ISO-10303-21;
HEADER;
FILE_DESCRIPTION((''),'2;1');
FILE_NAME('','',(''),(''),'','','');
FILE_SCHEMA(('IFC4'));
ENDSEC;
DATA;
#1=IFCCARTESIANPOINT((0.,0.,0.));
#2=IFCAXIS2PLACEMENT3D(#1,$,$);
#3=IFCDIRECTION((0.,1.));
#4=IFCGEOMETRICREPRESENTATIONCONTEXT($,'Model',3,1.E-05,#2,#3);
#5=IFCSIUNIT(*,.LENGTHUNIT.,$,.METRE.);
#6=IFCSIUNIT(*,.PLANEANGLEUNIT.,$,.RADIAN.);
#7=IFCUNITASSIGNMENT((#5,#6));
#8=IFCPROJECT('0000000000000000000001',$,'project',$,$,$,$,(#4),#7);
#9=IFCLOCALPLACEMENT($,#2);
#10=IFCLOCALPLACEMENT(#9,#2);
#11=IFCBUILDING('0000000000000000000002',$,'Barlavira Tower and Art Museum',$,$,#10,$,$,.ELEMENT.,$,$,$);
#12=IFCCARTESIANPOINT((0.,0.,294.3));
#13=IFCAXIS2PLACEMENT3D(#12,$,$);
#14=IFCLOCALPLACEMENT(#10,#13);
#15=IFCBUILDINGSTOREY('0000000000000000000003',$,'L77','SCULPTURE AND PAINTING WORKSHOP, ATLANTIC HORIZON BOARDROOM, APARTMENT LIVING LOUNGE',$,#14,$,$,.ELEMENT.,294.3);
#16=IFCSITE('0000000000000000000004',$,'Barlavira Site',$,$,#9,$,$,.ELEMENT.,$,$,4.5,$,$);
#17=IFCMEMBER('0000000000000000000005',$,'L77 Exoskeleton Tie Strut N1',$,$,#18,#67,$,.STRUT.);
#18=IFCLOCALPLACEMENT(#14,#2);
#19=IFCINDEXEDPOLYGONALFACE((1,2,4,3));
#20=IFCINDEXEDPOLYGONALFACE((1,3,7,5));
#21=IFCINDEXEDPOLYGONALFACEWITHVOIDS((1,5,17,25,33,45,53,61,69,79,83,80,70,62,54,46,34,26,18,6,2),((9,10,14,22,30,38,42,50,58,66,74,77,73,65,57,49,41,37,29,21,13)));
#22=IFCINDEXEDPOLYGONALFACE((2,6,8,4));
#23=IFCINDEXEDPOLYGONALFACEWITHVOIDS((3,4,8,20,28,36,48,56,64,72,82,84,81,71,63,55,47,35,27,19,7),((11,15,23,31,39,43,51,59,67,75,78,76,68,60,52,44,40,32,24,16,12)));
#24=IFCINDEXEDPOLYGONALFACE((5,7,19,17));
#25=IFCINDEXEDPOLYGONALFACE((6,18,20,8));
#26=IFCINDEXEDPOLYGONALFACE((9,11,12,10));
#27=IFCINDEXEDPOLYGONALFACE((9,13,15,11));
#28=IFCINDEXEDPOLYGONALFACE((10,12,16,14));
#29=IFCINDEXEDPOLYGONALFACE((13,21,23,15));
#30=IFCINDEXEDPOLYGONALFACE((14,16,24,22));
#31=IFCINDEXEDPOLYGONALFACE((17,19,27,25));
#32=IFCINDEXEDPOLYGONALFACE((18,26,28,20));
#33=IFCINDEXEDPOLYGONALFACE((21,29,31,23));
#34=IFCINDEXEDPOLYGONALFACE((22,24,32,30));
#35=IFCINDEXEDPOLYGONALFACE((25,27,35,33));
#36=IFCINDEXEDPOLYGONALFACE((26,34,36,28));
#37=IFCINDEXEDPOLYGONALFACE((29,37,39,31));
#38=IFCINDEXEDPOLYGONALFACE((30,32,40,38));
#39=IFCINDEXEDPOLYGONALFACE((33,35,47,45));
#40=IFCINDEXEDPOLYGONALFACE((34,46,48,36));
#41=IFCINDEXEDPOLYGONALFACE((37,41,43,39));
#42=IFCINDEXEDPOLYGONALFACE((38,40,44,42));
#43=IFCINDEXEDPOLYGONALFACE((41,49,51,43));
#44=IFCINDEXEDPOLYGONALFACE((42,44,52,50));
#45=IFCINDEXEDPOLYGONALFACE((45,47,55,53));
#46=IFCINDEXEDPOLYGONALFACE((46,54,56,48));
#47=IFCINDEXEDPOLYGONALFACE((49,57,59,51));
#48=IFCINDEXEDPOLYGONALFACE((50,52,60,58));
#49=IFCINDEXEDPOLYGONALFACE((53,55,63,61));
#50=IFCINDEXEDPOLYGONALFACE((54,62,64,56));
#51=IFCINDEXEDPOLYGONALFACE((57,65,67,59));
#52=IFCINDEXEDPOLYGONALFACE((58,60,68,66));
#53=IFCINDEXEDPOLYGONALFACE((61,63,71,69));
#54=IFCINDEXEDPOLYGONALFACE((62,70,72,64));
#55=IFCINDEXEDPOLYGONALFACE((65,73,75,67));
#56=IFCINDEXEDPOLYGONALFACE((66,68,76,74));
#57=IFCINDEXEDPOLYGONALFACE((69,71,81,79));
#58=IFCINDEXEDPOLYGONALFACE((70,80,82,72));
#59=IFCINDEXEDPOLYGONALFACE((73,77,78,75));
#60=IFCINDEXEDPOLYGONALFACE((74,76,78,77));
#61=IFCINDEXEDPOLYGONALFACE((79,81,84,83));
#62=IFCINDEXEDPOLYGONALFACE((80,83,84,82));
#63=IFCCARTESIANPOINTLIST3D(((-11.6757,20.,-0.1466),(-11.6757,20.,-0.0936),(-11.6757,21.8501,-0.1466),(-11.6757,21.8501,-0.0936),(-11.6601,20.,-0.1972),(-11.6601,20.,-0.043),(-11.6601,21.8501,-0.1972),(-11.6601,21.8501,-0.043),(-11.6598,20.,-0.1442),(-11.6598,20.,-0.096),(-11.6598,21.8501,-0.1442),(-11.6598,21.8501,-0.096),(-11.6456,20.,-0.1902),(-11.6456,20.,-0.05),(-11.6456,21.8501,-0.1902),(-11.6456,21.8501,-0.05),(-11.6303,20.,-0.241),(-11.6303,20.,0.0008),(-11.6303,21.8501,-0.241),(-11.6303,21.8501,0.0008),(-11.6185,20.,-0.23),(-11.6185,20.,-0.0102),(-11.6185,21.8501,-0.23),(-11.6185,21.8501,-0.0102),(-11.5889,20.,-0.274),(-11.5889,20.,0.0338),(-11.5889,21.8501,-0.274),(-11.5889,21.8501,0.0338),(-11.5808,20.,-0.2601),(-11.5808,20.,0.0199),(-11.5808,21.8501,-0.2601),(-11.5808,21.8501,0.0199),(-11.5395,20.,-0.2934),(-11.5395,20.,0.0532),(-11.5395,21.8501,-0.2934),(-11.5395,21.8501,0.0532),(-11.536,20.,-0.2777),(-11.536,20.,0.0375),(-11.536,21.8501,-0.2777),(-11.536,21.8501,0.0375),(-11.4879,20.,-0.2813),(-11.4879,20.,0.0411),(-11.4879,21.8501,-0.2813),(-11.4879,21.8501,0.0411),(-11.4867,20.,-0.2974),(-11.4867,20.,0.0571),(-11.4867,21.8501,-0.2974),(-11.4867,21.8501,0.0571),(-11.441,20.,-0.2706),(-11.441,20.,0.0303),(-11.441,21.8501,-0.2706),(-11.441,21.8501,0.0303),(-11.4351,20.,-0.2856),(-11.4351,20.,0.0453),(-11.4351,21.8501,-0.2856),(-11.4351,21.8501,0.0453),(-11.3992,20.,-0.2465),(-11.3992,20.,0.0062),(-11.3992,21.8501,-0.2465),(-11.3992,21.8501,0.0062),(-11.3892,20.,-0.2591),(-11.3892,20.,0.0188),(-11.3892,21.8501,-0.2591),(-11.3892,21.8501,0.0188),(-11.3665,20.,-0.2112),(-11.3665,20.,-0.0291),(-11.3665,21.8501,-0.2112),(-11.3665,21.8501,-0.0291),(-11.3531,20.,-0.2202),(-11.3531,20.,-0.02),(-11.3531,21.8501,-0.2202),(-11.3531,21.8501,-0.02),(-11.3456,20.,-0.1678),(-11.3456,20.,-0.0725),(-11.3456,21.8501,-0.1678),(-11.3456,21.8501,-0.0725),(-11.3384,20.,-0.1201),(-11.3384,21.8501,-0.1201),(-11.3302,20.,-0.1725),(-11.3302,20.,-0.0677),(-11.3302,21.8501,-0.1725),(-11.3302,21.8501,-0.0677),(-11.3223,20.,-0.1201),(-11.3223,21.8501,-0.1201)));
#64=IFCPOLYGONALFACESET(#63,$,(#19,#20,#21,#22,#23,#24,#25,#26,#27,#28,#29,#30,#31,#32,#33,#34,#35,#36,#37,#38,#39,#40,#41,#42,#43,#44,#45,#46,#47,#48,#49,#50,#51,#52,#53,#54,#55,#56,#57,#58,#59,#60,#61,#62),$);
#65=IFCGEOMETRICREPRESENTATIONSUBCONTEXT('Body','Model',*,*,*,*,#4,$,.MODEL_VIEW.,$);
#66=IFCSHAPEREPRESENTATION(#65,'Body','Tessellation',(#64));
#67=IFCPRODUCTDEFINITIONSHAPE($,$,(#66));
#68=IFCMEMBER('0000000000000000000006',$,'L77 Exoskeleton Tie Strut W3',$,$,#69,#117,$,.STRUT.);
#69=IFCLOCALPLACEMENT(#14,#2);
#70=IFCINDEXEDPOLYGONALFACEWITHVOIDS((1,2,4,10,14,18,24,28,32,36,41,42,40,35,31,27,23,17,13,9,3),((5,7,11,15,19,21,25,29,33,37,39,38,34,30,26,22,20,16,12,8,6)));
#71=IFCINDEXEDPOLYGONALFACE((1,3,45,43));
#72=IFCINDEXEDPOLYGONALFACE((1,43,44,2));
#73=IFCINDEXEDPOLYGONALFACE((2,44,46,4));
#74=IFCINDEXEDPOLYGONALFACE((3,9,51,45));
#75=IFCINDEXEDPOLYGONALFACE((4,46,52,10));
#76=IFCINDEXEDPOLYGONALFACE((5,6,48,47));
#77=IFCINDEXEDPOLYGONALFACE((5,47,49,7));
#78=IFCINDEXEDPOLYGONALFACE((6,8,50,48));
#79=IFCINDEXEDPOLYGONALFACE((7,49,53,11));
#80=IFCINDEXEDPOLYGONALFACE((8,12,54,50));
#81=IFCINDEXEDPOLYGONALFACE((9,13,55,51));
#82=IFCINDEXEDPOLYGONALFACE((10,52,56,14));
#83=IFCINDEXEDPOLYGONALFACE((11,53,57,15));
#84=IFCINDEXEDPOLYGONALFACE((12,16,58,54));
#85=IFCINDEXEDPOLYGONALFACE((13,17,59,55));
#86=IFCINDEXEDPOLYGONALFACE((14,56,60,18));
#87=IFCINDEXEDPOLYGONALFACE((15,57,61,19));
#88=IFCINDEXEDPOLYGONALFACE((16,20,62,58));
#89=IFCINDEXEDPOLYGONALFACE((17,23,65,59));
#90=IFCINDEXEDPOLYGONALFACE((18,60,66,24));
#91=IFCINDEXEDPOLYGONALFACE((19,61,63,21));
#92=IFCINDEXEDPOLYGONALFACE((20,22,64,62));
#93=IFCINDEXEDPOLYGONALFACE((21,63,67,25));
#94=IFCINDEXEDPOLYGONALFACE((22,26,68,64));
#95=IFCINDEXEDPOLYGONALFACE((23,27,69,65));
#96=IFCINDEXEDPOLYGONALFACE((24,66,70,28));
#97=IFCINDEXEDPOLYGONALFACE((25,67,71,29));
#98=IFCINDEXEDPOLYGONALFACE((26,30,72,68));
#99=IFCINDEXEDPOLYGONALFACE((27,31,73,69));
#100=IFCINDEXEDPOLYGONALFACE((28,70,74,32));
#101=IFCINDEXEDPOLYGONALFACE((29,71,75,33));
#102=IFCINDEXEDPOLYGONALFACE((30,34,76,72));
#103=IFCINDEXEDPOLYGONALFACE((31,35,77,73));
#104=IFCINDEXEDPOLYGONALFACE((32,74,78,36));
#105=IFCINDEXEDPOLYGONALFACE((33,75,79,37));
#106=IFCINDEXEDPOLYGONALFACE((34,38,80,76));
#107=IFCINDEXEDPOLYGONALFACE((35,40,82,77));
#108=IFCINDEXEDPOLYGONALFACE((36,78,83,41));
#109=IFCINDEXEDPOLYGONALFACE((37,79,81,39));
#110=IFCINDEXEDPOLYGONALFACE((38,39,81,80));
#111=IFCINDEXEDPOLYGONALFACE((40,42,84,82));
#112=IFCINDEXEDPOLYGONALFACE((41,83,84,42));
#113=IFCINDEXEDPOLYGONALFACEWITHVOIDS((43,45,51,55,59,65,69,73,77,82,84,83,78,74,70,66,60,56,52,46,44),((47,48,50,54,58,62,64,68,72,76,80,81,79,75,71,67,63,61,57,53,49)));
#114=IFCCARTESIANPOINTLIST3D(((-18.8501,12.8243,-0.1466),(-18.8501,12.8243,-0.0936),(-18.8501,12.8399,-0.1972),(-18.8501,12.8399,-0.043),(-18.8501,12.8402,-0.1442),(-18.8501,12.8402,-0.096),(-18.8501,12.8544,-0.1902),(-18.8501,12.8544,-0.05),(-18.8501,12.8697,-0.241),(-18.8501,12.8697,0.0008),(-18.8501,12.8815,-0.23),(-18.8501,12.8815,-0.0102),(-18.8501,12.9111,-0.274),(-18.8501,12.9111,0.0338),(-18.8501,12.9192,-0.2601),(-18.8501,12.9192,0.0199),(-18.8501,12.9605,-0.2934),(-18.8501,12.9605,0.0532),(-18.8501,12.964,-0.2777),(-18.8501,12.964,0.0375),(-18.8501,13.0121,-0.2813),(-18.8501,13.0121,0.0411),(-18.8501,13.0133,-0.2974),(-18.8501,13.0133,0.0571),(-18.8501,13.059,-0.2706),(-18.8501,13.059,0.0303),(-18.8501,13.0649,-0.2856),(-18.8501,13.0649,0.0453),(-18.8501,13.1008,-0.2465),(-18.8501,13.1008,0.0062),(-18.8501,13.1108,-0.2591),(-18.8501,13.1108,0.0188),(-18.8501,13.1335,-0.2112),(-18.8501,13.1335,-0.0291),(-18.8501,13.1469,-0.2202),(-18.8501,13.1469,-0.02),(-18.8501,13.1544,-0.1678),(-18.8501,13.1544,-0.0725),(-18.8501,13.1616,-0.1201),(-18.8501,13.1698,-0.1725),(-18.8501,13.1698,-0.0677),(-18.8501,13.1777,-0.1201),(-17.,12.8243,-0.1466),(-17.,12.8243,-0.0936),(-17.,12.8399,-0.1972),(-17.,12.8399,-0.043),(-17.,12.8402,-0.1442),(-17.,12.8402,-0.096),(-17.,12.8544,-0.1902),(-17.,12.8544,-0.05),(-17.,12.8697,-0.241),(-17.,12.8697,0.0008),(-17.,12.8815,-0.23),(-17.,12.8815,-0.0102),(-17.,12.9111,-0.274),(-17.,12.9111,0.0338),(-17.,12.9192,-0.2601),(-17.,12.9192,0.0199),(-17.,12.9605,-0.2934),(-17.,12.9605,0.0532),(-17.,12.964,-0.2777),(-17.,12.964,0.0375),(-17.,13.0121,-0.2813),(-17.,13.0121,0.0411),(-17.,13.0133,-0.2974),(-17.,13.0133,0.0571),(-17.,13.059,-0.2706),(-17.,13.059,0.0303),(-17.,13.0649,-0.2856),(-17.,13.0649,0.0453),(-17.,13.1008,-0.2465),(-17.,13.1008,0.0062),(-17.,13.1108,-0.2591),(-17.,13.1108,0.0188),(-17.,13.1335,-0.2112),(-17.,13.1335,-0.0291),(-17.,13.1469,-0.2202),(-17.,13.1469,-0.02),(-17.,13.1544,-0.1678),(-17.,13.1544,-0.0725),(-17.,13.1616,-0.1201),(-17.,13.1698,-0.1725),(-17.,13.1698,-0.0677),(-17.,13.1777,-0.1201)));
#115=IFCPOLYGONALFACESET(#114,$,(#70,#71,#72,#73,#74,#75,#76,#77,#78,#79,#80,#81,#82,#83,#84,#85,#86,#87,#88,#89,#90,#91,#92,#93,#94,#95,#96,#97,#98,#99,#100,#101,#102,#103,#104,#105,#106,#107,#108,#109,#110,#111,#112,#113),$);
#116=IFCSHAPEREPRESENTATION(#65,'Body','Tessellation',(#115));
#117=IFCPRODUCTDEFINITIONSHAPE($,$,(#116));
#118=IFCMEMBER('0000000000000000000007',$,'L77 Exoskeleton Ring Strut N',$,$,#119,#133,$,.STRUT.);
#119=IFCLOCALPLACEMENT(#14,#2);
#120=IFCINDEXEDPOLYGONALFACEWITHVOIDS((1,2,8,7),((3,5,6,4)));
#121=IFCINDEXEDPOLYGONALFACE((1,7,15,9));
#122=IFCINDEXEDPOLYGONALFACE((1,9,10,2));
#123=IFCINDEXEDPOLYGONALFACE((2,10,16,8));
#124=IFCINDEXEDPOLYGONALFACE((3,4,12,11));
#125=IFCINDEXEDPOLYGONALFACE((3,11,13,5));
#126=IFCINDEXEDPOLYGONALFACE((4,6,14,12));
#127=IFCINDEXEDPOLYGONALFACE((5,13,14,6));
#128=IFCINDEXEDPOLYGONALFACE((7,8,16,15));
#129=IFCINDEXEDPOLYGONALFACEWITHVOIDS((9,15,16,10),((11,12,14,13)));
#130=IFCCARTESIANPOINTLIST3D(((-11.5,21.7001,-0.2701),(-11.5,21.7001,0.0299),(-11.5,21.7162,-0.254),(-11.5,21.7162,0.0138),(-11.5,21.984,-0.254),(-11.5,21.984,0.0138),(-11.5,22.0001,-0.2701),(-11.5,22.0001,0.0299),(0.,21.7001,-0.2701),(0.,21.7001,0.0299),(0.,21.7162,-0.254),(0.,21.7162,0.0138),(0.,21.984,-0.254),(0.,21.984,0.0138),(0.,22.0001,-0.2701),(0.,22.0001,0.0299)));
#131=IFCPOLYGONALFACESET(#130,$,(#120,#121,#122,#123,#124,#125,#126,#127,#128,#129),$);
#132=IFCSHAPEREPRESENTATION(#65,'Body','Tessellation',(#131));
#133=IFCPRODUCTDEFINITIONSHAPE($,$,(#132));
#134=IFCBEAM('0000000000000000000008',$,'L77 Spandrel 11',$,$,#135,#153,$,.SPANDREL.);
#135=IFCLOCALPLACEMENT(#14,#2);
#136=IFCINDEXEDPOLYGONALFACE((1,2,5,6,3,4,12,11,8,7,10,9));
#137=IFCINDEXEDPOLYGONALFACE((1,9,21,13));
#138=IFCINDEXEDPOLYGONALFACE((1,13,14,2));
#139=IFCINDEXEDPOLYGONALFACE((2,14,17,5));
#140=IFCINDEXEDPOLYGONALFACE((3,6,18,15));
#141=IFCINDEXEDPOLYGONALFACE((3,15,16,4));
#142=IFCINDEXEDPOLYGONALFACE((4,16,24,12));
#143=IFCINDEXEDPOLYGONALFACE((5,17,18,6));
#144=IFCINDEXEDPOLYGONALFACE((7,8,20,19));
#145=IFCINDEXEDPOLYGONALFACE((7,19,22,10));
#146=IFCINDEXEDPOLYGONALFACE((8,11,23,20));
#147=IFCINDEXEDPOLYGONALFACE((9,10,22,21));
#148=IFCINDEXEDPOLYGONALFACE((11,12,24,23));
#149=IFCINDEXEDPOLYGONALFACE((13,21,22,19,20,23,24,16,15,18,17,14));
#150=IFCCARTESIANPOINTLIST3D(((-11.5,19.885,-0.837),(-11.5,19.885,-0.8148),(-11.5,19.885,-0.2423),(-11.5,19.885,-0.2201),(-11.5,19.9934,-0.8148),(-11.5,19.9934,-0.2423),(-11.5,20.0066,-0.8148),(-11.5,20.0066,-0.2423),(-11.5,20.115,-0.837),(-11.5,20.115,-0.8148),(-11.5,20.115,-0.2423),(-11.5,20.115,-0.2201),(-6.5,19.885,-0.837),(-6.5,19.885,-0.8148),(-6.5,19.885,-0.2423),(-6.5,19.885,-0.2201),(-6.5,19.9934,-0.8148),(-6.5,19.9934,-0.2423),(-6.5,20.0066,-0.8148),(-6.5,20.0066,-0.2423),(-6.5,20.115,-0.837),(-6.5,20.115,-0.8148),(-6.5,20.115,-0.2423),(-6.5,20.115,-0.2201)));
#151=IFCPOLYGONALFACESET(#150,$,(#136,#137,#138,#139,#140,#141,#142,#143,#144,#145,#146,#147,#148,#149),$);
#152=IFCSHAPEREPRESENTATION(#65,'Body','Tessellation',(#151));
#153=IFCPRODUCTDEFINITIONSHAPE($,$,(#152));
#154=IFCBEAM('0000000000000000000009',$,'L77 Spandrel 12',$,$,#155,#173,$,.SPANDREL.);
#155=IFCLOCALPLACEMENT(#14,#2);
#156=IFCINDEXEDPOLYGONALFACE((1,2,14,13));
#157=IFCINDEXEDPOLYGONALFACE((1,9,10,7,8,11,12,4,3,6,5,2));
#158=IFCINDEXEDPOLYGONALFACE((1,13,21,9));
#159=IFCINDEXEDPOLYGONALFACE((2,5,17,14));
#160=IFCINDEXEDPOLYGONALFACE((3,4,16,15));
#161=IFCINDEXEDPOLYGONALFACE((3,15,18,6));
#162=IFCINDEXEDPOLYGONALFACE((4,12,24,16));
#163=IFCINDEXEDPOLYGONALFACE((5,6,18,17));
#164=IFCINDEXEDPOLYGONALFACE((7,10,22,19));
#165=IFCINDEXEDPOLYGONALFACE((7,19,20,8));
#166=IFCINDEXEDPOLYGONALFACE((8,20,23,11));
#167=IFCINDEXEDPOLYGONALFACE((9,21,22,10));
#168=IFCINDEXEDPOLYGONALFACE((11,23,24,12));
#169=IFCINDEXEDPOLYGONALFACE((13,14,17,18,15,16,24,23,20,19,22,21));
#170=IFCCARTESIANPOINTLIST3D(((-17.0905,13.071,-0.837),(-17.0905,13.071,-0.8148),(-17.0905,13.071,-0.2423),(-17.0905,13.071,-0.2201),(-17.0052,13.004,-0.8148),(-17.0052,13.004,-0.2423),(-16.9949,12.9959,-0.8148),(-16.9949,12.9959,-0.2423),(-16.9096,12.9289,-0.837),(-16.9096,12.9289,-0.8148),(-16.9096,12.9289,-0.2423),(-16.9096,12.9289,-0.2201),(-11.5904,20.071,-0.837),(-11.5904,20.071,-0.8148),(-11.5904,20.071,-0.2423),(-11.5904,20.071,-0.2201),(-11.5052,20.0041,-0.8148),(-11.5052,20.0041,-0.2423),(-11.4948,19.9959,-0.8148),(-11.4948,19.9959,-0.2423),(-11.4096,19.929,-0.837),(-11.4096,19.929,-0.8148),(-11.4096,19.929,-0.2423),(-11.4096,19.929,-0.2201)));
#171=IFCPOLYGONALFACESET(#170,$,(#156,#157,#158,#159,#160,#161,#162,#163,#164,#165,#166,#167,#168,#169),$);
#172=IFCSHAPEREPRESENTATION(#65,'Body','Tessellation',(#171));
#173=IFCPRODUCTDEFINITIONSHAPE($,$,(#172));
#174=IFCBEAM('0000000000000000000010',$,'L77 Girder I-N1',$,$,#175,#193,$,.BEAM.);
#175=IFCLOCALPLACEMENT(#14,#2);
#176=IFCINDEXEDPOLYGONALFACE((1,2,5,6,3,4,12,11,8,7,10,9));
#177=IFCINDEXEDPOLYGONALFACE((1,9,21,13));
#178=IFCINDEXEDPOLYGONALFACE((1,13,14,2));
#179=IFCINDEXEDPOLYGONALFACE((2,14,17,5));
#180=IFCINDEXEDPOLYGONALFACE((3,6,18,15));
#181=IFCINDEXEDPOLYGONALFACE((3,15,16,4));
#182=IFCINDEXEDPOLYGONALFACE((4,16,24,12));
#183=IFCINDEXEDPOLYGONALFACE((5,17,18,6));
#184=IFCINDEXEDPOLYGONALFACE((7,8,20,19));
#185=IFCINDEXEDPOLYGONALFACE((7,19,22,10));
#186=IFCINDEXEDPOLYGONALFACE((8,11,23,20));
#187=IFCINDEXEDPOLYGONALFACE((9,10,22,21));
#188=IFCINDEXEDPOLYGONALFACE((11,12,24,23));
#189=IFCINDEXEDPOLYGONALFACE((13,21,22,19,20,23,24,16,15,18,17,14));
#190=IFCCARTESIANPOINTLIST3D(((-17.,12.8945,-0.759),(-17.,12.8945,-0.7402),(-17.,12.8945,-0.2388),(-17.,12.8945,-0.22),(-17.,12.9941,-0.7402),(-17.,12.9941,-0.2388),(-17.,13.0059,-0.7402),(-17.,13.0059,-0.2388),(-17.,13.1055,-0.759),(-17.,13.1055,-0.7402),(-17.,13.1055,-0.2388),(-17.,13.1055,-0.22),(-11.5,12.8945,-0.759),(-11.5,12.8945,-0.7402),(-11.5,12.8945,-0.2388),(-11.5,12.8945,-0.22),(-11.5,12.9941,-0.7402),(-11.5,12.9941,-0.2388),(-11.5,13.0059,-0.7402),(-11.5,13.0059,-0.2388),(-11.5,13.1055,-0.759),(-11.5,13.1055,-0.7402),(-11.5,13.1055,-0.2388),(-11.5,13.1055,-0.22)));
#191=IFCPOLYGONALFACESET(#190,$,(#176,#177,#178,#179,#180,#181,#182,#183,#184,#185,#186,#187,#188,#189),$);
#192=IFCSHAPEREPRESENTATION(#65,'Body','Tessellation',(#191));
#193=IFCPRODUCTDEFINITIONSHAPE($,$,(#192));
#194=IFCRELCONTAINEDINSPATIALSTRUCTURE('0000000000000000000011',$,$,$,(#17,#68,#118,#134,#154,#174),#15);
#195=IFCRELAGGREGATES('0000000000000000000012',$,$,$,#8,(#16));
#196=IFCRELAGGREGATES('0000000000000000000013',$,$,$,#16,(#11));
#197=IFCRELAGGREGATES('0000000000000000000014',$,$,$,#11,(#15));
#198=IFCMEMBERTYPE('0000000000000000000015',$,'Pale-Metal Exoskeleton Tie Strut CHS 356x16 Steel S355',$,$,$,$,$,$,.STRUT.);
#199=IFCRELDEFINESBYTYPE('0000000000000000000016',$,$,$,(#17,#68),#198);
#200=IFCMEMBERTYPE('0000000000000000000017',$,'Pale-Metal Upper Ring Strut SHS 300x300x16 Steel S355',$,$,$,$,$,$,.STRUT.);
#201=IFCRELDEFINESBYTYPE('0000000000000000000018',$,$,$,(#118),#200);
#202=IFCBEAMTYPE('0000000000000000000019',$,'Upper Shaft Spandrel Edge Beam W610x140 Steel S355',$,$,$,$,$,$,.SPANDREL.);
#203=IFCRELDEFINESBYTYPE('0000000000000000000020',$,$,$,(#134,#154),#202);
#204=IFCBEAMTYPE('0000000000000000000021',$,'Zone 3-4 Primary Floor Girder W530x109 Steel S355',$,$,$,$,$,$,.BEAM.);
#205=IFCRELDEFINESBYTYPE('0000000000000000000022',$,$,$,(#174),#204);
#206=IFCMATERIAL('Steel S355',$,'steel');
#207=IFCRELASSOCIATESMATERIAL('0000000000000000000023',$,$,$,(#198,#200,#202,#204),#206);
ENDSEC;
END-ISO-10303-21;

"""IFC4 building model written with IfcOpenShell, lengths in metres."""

from ifc_helpers import new_model, si_unit, direction, frame, origin, origin_2d, place, context, subcontext, project, spatial, hollow_rectangle, hollow_circle, i_section, extrude, material, material_profile, profile_set, type_object, element, save


model = new_model("IFC4")

# Units and contexts
model_context = context("Model", 3, precision=1e-05, world=origin(), true_north=direction((0.0, 1.0)))
body_context = subcontext(model_context, "Body", "Model", "MODEL_VIEW")
ifc_project = project(units=[si_unit("LENGTHUNIT", "METRE"), si_unit("PLANEANGLEUNIT", "RADIAN")], contexts=[model_context])

# Site, building, storey
site_placement = place(None, origin())
site = spatial("IfcSite", under=ifc_project, at=site_placement, Name="Barlavira Site", CompositionType="ELEMENT", RefElevation=4.5)
building_placement = place(site_placement, origin())
building = spatial("IfcBuilding", under=site, at=building_placement, Name="Barlavira Tower and Art Museum", CompositionType="ELEMENT")
storey_placement = place(building_placement, frame((0.0, 0.0, 294.3)))
storey = spatial("IfcBuildingStorey", under=building, at=storey_placement, Name="L77", Description="SCULPTURE AND PAINTING WORKSHOP, ATLANTIC HORIZON BOARDROOM, APARTMENT LIVING LOUNGE", CompositionType="ELEMENT", Elevation=294.3)

# Members
ifc_material_1 = material(Name="Steel S355", Category="steel")
ifc_material_profile_1 = material_profile(ifc_material_1, hollow_circle(Radius=0.1777, WallThickness=0.0161, at=origin_2d()), Name="CHS 355.6x16.0")
ifc_profile_set_1 = profile_set([ifc_material_profile_1], Name="Steel S355")
member_type_1 = type_object("IfcMemberType", Name="Pale-Metal Exoskeleton Tie Strut CHS 356x16 Steel S355", PredefinedType="STRUT", material=ifc_profile_set_1)
for number, where, z_axis, x_axis, name in (
    (1, (-11.5, 21.8501, -0.1201), (0.0, -1.0, 0.0), (1.0, 0.0, 0.0), "L77 Exoskeleton Tie Strut N1"),
    (2, (-18.8501, 13.0, -0.1201), (1.0, 0.0, 0.0), (0.0, 1.0, 0.0), "L77 Exoskeleton Tie Strut W3"),
):
    element("IfcMember", number, at=place(storey_placement, frame(where, z_axis=z_axis, x_axis=x_axis)), inside=storey, type_object=member_type_1, Name=name, PredefinedType="STRUT", context=body_context, shape_type="SweptSolid", body=[
        extrude(hollow_circle(Radius=0.1777, WallThickness=0.0161, at=origin_2d()), origin(), (0.0, 0.0, 1.0), 1.8501),
    ])
ifc_material_profile_2 = material_profile(ifc_material_1, hollow_rectangle(XDim=0.3, YDim=0.3, WallThickness=0.0161, at=origin_2d()), Name="SHS 300x300x16.0")
ifc_profile_set_2 = profile_set([ifc_material_profile_2], Name="Steel S355")
member_type_2 = type_object("IfcMemberType", Name="Pale-Metal Upper Ring Strut SHS 300x300x16 Steel S355", PredefinedType="STRUT", material=ifc_profile_set_2)
member_1_placement = place(storey_placement, frame((-11.5, 21.8501, -0.1201), z_axis=(1.0, 0.0, 0.0), x_axis=(0.0, 1.0, 0.0)))
element("IfcMember", 3, at=member_1_placement, inside=storey, type_object=member_type_2, Name="L77 Exoskeleton Ring Strut N", PredefinedType="STRUT", context=body_context, shape_type="SweptSolid", body=[
    extrude(hollow_rectangle(XDim=0.3, YDim=0.3, WallThickness=0.0161, at=origin_2d()), origin(), (0.0, 0.0, 1.0), 11.5),
])

# Beams
ifc_material_profile_3 = material_profile(ifc_material_1, i_section(OverallWidth=0.23, OverallDepth=0.6169, WebThickness=0.0132, FlangeThickness=0.0222, at=origin_2d()), Name="W610x140.0")
ifc_profile_set_3 = profile_set([ifc_material_profile_3], Name="Steel S355")
beam_type_1 = type_object("IfcBeamType", Name="Upper Shaft Spandrel Edge Beam W610x140 Steel S355", PredefinedType="SPANDREL", material=ifc_profile_set_3)
beam_1_placement = place(storey_placement, frame((-11.5, 20.0, -0.5286), z_axis=(1.0, 0.0, 0.0), x_axis=(0.0, 1.0, 0.0)))
element("IfcBeam", 4, at=beam_1_placement, inside=storey, type_object=beam_type_1, Name="L77 Spandrel 11", PredefinedType="SPANDREL", context=body_context, shape_type="SweptSolid", body=[
    extrude(i_section(OverallWidth=0.23, OverallDepth=0.6169, WebThickness=0.0132, FlangeThickness=0.0222, at=origin_2d()), origin(), (0.0, 0.0, 1.0), 5.0),
])
beam_2_placement = place(storey_placement, frame((-11.5, 20.0, -0.5286), z_axis=(-0.617822, -0.786318, 0.0), x_axis=(0.786318, -0.617822, 0.0)))
element("IfcBeam", 5, at=beam_2_placement, inside=storey, type_object=beam_type_1, Name="L77 Spandrel 12", PredefinedType="SPANDREL", context=body_context, shape_type="SweptSolid", body=[
    extrude(i_section(OverallWidth=0.23, OverallDepth=0.6169, WebThickness=0.0132, FlangeThickness=0.0222, at=origin_2d()), origin(), (0.0, 0.0, 1.0), 8.9023),
])
ifc_material_profile_4 = material_profile(ifc_material_1, i_section(OverallWidth=0.2109, OverallDepth=0.5391, WebThickness=0.0117, FlangeThickness=0.0188, at=origin_2d()), Name="W530x109.0")
ifc_profile_set_4 = profile_set([ifc_material_profile_4], Name="Steel S355")
beam_type_2 = type_object("IfcBeamType", Name="Zone 3-4 Primary Floor Girder W530x109 Steel S355", PredefinedType="BEAM", material=ifc_profile_set_4)
beam_3_placement = place(storey_placement, frame((-17.0, 13.0, -0.4895), z_axis=(1.0, 0.0, 0.0), x_axis=(0.0, 1.0, 0.0)))
element("IfcBeam", 6, at=beam_3_placement, inside=storey, type_object=beam_type_2, Name="L77 Girder I-N1", PredefinedType="BEAM", context=body_context, shape_type="SweptSolid", body=[
    extrude(i_section(OverallWidth=0.2109, OverallDepth=0.5391, WebThickness=0.0117, FlangeThickness=0.0188, at=origin_2d()), origin(), (0.0, 0.0, 1.0), 5.5),
])

save(model, "model.ifc")
